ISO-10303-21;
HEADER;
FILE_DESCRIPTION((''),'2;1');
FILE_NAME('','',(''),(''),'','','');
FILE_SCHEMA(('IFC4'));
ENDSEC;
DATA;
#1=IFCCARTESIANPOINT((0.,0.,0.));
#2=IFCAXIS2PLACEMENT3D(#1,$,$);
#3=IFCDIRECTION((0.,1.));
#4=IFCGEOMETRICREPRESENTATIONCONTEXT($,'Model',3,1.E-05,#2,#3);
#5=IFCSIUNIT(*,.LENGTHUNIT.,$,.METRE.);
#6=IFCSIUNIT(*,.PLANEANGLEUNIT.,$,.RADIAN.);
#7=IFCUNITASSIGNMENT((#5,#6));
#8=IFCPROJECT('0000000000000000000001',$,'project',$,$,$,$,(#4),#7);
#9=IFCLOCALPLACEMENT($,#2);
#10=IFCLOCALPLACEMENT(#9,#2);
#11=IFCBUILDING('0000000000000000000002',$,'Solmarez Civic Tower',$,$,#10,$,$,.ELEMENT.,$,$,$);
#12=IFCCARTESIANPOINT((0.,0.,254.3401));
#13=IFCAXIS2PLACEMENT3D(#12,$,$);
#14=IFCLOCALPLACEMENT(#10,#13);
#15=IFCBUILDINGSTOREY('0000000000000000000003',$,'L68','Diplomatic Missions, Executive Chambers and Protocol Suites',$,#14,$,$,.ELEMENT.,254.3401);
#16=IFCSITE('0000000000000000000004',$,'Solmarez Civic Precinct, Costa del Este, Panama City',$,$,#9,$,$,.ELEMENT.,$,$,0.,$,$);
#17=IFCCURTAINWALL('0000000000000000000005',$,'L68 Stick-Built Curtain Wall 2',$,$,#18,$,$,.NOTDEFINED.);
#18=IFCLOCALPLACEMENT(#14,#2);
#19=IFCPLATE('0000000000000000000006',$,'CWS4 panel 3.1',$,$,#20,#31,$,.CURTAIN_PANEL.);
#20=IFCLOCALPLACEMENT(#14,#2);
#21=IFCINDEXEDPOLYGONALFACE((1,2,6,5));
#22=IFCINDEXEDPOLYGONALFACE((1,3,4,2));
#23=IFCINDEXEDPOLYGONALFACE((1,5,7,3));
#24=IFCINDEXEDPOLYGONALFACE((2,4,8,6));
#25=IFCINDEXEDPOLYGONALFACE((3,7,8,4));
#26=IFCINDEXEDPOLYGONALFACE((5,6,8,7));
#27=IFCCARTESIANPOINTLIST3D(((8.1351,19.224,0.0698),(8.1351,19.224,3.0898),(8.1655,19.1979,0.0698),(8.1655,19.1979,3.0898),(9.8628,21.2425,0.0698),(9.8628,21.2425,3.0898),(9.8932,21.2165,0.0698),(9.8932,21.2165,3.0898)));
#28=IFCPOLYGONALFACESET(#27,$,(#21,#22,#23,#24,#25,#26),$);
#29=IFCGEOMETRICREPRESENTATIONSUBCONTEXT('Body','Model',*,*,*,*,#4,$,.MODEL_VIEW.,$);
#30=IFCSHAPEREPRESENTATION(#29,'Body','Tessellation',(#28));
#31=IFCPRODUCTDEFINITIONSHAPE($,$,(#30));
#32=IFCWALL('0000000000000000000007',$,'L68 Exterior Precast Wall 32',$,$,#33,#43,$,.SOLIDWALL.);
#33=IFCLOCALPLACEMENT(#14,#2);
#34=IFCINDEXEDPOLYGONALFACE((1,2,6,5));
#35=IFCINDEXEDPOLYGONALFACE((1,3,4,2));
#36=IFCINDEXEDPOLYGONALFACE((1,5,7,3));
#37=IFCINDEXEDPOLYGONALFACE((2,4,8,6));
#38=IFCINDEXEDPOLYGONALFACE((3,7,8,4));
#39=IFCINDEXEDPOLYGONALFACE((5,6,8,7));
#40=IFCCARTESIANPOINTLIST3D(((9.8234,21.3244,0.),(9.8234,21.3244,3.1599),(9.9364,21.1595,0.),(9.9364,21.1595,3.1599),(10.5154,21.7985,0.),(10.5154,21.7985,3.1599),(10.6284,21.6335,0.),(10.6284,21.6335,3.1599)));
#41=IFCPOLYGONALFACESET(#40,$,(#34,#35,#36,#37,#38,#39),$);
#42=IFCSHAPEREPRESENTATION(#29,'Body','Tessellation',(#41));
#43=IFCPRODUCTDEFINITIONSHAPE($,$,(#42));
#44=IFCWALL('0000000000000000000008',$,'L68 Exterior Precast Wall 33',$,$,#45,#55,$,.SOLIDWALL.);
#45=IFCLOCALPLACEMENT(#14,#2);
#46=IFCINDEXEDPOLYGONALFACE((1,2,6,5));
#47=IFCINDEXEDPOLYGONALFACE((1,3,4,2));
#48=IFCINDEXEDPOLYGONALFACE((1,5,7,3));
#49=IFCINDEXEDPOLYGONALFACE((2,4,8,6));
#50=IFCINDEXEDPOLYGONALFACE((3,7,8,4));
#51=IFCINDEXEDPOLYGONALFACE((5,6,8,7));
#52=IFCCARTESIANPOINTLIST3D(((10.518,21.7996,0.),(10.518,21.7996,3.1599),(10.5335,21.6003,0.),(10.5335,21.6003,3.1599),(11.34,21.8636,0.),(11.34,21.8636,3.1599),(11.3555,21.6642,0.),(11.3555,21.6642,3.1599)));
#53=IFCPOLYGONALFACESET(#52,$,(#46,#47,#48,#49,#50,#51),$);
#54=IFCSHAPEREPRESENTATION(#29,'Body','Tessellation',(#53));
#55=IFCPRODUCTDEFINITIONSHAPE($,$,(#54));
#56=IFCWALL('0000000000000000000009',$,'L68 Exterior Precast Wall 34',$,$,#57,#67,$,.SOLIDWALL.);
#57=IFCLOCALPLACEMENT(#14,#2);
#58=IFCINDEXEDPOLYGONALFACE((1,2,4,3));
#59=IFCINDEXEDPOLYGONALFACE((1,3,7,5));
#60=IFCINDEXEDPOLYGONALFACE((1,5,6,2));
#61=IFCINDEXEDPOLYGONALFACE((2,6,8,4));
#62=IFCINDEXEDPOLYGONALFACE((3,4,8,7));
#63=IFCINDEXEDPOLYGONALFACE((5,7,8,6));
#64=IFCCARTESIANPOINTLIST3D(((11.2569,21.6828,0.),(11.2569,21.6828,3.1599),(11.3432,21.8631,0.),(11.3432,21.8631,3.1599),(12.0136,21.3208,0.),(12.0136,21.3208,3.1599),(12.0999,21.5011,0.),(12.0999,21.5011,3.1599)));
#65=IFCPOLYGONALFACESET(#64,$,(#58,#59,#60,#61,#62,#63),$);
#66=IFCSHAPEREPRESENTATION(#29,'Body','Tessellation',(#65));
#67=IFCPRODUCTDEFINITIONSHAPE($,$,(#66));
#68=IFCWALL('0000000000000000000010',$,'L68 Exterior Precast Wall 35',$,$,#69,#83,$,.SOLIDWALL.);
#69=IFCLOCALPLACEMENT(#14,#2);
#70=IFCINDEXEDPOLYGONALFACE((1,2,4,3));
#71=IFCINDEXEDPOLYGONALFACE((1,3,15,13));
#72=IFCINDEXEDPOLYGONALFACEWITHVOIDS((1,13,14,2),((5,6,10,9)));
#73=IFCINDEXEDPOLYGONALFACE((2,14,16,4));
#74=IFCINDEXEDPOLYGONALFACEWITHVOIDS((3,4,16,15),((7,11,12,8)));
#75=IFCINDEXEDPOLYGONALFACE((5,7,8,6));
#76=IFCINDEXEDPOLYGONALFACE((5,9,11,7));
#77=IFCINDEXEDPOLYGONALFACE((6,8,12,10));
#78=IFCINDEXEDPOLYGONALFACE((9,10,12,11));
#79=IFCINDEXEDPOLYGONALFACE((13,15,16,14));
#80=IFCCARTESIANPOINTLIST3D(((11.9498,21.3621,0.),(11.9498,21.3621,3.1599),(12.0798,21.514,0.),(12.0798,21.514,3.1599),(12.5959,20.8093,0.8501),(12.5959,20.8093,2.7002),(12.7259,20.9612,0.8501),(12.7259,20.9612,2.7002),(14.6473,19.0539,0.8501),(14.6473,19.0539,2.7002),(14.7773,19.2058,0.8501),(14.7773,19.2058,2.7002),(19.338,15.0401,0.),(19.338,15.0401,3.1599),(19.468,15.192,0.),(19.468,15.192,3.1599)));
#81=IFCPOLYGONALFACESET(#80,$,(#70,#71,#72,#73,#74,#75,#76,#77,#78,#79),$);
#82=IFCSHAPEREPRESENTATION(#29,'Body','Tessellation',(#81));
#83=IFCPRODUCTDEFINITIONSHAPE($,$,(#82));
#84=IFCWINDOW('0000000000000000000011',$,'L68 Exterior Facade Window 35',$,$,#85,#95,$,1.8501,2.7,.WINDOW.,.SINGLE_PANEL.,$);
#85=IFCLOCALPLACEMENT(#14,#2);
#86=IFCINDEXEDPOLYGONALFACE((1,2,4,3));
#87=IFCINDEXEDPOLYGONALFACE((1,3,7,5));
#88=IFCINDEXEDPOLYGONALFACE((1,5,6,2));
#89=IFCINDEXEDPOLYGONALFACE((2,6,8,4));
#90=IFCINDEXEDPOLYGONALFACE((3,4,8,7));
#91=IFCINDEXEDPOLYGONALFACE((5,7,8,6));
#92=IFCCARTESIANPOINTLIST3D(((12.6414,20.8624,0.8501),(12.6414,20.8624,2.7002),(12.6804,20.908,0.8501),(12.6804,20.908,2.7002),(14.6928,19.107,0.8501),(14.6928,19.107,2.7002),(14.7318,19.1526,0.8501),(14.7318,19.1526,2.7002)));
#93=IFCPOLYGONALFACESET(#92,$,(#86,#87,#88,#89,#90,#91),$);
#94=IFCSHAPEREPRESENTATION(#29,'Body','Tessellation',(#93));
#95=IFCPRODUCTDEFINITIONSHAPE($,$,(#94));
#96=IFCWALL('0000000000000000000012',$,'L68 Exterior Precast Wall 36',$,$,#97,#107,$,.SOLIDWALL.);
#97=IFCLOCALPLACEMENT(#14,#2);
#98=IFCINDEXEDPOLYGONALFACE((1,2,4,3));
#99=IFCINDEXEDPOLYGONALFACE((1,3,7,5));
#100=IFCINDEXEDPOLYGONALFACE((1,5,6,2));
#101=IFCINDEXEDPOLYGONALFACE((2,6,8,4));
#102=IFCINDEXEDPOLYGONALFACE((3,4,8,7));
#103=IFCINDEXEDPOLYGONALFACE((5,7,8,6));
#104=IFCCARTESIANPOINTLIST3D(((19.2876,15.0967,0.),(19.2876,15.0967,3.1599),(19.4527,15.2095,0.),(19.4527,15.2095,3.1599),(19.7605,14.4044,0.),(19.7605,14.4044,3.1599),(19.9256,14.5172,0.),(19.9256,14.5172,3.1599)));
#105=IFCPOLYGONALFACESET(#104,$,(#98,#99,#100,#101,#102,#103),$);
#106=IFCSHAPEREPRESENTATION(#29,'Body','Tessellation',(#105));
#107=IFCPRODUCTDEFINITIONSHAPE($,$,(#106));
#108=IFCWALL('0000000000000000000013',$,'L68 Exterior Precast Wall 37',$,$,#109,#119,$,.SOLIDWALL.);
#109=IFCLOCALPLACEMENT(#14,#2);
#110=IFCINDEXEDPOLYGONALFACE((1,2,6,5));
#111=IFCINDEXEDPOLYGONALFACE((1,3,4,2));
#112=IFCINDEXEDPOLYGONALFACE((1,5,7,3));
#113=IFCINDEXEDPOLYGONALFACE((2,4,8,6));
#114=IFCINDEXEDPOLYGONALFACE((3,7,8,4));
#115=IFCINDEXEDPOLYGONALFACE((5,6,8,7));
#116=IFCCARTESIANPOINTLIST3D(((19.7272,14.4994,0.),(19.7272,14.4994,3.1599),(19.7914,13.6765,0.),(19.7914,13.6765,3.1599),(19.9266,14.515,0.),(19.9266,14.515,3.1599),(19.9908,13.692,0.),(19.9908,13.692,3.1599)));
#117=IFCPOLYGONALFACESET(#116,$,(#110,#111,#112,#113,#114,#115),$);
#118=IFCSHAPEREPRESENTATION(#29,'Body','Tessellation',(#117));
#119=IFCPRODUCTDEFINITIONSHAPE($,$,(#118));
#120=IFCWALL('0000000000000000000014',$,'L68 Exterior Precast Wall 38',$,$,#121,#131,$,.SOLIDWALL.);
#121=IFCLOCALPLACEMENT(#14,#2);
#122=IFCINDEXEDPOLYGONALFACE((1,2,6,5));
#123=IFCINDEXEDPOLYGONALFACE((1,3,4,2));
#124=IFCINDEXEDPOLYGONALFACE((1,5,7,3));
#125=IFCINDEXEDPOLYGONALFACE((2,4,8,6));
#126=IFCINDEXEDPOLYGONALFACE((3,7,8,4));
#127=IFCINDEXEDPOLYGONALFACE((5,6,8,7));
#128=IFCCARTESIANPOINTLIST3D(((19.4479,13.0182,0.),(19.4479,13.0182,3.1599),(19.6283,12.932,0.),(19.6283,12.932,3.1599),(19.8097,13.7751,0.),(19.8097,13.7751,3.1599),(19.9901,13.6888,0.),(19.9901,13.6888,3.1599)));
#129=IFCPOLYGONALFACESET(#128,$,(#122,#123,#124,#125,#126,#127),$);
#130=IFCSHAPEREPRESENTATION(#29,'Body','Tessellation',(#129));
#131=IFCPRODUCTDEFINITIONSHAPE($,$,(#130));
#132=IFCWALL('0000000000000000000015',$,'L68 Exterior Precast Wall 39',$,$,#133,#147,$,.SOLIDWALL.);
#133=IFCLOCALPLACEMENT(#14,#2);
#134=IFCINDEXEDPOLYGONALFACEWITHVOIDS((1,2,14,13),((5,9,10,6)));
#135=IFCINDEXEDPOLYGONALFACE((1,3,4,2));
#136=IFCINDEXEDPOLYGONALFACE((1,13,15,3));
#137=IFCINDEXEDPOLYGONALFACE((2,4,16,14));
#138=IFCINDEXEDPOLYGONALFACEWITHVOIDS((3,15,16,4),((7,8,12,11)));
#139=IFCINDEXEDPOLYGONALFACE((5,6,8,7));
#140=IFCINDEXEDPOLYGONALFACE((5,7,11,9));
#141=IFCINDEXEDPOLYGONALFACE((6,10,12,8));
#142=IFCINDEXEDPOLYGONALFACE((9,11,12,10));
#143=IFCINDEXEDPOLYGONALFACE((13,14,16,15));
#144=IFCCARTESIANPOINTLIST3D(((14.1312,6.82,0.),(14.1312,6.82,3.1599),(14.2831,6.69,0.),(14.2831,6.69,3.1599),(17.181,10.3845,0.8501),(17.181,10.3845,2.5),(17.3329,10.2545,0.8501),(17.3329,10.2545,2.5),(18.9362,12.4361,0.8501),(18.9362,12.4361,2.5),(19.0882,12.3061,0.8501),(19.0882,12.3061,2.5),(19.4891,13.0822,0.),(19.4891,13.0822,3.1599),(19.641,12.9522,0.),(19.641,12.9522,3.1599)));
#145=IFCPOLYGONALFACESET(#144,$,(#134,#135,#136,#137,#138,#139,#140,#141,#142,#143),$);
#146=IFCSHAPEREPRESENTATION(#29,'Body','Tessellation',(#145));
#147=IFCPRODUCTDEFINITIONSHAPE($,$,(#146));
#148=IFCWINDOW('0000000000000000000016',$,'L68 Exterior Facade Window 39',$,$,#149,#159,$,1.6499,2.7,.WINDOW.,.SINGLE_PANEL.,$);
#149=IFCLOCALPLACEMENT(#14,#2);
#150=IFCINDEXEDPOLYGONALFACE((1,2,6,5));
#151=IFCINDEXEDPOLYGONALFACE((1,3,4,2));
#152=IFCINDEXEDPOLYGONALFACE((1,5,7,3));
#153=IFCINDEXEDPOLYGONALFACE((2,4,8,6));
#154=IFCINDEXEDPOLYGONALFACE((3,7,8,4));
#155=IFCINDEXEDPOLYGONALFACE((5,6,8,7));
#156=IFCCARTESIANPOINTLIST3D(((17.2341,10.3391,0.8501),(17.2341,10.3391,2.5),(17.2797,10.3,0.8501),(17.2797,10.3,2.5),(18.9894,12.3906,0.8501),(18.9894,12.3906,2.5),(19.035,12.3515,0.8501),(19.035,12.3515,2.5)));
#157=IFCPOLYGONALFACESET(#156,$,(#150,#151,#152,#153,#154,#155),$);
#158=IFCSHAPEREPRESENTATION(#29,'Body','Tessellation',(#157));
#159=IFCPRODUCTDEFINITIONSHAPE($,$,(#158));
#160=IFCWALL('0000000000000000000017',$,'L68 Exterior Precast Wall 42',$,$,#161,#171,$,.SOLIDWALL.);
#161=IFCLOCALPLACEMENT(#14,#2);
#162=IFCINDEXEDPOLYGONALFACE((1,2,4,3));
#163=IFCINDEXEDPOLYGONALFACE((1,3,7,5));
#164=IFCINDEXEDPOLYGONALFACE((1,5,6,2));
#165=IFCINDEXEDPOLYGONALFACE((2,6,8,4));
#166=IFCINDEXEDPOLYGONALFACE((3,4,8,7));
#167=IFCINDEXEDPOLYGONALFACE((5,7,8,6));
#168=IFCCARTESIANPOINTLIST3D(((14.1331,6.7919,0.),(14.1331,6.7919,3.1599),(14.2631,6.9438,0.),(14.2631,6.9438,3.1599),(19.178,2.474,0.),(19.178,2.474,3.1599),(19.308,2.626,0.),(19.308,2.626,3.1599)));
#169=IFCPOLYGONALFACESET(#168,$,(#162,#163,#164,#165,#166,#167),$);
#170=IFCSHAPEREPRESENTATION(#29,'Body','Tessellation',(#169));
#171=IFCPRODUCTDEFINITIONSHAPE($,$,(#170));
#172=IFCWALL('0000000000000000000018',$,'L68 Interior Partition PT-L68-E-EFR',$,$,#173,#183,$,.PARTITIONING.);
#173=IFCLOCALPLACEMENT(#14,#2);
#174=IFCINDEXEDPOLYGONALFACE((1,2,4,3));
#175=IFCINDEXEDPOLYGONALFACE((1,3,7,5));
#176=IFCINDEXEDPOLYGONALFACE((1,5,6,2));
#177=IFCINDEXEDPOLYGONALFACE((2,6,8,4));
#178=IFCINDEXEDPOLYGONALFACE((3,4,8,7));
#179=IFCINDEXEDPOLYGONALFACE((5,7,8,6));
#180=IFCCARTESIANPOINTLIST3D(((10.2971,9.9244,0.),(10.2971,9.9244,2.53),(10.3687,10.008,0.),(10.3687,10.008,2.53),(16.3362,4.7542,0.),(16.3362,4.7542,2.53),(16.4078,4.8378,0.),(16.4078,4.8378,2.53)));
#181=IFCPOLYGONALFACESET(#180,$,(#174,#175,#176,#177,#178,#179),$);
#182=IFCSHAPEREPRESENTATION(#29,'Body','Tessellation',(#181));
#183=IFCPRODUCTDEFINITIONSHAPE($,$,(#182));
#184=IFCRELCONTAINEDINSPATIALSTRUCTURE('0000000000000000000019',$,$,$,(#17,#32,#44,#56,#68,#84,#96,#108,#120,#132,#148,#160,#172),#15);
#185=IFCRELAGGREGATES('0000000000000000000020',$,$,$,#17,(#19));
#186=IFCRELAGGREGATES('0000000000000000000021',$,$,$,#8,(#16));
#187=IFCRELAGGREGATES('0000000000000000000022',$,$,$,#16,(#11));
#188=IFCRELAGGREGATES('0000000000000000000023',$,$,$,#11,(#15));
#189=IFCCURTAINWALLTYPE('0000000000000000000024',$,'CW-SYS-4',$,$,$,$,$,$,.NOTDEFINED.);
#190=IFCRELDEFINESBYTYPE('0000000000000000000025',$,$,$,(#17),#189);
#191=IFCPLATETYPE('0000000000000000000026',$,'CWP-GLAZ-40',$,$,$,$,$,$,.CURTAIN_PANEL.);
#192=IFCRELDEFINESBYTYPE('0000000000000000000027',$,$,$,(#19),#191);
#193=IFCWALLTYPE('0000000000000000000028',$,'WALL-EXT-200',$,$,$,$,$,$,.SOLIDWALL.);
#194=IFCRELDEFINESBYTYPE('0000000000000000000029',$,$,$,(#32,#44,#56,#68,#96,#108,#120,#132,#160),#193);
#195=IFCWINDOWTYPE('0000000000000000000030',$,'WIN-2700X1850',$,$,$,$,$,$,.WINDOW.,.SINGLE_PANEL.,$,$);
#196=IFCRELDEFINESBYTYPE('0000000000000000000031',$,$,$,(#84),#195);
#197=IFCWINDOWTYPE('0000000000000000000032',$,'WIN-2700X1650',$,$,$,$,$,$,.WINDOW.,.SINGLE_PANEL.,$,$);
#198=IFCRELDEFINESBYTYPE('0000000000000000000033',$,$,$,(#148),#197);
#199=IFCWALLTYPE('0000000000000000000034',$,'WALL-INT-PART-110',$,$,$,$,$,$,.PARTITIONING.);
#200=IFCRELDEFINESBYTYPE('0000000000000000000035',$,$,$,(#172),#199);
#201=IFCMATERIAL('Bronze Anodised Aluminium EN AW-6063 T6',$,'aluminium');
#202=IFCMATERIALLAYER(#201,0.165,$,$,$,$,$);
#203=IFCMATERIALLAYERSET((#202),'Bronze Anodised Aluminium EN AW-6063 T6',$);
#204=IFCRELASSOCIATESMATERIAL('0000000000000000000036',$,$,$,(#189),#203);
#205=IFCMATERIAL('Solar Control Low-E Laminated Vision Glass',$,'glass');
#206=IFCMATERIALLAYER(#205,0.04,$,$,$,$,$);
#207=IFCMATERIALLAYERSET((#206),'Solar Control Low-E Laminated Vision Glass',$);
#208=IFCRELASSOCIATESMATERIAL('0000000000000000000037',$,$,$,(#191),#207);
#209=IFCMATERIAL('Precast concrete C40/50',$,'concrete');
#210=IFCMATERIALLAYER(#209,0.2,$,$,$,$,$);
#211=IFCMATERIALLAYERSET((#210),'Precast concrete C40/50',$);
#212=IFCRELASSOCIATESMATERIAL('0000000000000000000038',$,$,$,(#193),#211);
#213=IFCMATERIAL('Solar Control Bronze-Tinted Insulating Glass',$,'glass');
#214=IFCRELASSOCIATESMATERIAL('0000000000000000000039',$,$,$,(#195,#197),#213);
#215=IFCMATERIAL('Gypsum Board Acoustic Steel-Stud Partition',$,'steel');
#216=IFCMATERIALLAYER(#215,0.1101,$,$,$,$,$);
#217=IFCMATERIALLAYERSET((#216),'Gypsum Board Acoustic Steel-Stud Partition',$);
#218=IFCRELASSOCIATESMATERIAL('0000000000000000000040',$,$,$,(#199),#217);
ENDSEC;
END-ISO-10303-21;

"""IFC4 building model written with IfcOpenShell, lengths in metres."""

from ifc_helpers import new_model, si_unit, direction, frame, frame_2d, origin, origin_2d, place, context, subcontext, project, spatial, rectangle, extrude, material, layer, layer_set, type_object, element, fill, aggregate, save


model = new_model("IFC4")

# Units and contexts
model_context = context("Model", 3, precision=1e-05, world=origin(), true_north=direction((0.0, 1.0)))
body_context = subcontext(model_context, "Body", "Model", "MODEL_VIEW")
ifc_project = project(units=[si_unit("LENGTHUNIT", "METRE"), si_unit("PLANEANGLEUNIT", "RADIAN")], contexts=[model_context])

# Site, building, storey
site_placement = place(None, origin())
site = spatial("IfcSite", under=ifc_project, at=site_placement, Name="Solmarez Civic Precinct, Costa del Este, Panama City", CompositionType="ELEMENT", RefElevation=0.0)
building_placement = place(site_placement, origin())
building = spatial("IfcBuilding", under=site, at=building_placement, Name="Solmarez Civic Tower", CompositionType="ELEMENT")
storey_placement = place(building_placement, frame((0.0, 0.0, 254.3401)))
storey = spatial("IfcBuildingStorey", under=building, at=storey_placement, Name="L68", Description="Diplomatic Missions, Executive Chambers and Protocol Suites", CompositionType="ELEMENT", Elevation=254.3401)

# Curtain wall, plate
ifc_material_1 = material(Name="Bronze Anodised Aluminium EN AW-6063 T6", Category="aluminium")
ifc_layer_1 = layer(ifc_material_1, 0.165)
ifc_layer_set_1 = layer_set([ifc_layer_1], Name="Bronze Anodised Aluminium EN AW-6063 T6")
curtain_wall_type = type_object("IfcCurtainWallType", Name="CW-SYS-4", PredefinedType="NOTDEFINED", material=ifc_layer_set_1)
curtain_wall_placement = place(storey_placement, origin())
curtain_wall = element("IfcCurtainWall", 1, at=curtain_wall_placement, inside=storey, type_object=curtain_wall_type, Name="L68 Stick-Built Curtain Wall 2", PredefinedType="NOTDEFINED")
ifc_material_2 = material(Name="Solar Control Low-E Laminated Vision Glass", Category="glass")
ifc_layer_2 = layer(ifc_material_2, 0.04)
ifc_layer_set_2 = layer_set([ifc_layer_2], Name="Solar Control Low-E Laminated Vision Glass")
plate_type = type_object("IfcPlateType", Name="CWP-GLAZ-40", PredefinedType="CURTAIN_PANEL", material=ifc_layer_set_2)
plate_placement = place(storey_placement, frame((9.0142, 20.2202, 0.0698), z_axis=(0.0, 0.0, 1.0), x_axis=(0.650262, 0.75971, 0.0)))
plate = element("IfcPlate", 2, at=plate_placement, type_object=plate_type, Name="CWS4 panel 3.1", PredefinedType="CURTAIN_PANEL", context=body_context, shape_type="SweptSolid", body=[
    extrude(rectangle(XDim=2.657, YDim=0.04, at=origin_2d()), origin(), (0.0, 0.0, 1.0), 3.02),
])
aggregate(curtain_wall, [plate])

# Walls
ifc_material_3 = material(Name="Precast concrete C40/50", Category="concrete")
ifc_layer_3 = layer(ifc_material_3, 0.2)
ifc_layer_set_3 = layer_set([ifc_layer_3], Name="Precast concrete C40/50")
wall_type_1 = type_object("IfcWallType", Name="WALL-EXT-200", PredefinedType="SOLIDWALL", material=ifc_layer_set_3)
wall_1_placement = place(storey_placement, frame((9.8799, 21.2419, 0.0), z_axis=(0.0, 0.0, 1.0), x_axis=(0.825, 0.565132, 0.0)))
element("IfcWall", 3, at=wall_1_placement, inside=storey, type_object=wall_type_1, Name="L68 Exterior Precast Wall 32", PredefinedType="SOLIDWALL", context=body_context, shape_type="SweptSolid", body=[
    extrude(rectangle(XDim=0.8389, YDim=0.2, at=frame_2d((0.4194, 0.0))), origin(), (0.0, 0.0, 1.0), 3.1599),
])
wall_2_placement = place(storey_placement, frame((10.5259, 21.7, 0.0), z_axis=(0.0, 0.0, 1.0), x_axis=(0.996986, 0.07758, 0.0)))
element("IfcWall", 4, at=wall_2_placement, inside=storey, type_object=wall_type_1, Name="L68 Exterior Precast Wall 33", PredefinedType="SOLIDWALL", context=body_context, shape_type="SweptSolid", body=[
    extrude(rectangle(XDim=0.8245, YDim=0.2, at=frame_2d((0.4121, 0.0))), origin(), (0.0, 0.0, 1.0), 3.1599),
])
wall_3_placement = place(storey_placement, frame((11.3, 21.7729, 0.0), z_axis=(0.0, 0.0, 1.0), x_axis=(0.90209, -0.431548, 0.0)))
element("IfcWall", 5, at=wall_3_placement, inside=storey, type_object=wall_type_1, Name="L68 Exterior Precast Wall 34", PredefinedType="SOLIDWALL", context=body_context, shape_type="SweptSolid", body=[
    extrude(rectangle(XDim=0.8389, YDim=0.2, at=frame_2d((0.4194, 0.0))), origin(), (0.0, 0.0, 1.0), 3.1599),
])

# Wall, opening, window
wall_4_placement = place(storey_placement, frame((12.0149, 21.438, 0.0), z_axis=(0.0, 0.0, 1.0), x_axis=(0.7598, -0.650156, 0.0)))
wall_4 = element("IfcWall", 6, at=wall_4_placement, inside=storey, type_object=wall_type_1, Name="L68 Exterior Precast Wall 35", PredefinedType="SOLIDWALL", context=body_context, shape_type="SweptSolid", body=[
    extrude(rectangle(XDim=9.7239, YDim=0.2, at=frame_2d((4.8618, 0.0))), origin(), (0.0, 0.0, 1.0), 3.1599),
])
opening_1_placement = place(wall_4_placement, frame((0.8501, 0.0, 0.8501)))
opening_1 = element("IfcOpeningElement", 7, at=opening_1_placement, cuts=wall_4, PredefinedType="OPENING", context=body_context, shape_type="SweptSolid", body=[
    extrude(rectangle(XDim=2.7, YDim=1.8501, at=frame_2d((1.3501, 0.925))), frame((0.0, 0.1099, 0.0), z_axis=(0.0, -1.0, 0.0), x_axis=(1.0, 0.0, 0.0)), (0.0, 0.0, 1.0), 0.22),
])
ifc_material_4 = material(Name="Solar Control Bronze-Tinted Insulating Glass", Category="glass")
window_type_1 = type_object("IfcWindowType", Name="WIN-2700X1850", PartitioningType="SINGLE_PANEL", PredefinedType="WINDOW", material=ifc_material_4)
window_1_placement = place(opening_1_placement, origin())
window_1 = element("IfcWindow", 8, at=window_1_placement, inside=storey, type_object=window_type_1, Name="L68 Exterior Facade Window 35", OverallHeight=1.8501, OverallWidth=2.7, PartitioningType="SINGLE_PANEL", PredefinedType="WINDOW", context=body_context, shape_type="SweptSolid", body=[
    extrude(rectangle(XDim=2.7, YDim=1.8501, at=frame_2d((1.3501, 0.925))), frame((0.0, 0.03, 0.0), z_axis=(0.0, -1.0, 0.0), x_axis=(1.0, 0.0, 0.0)), (0.0, 0.0, 1.0), 0.0601),
])
fill(opening_1, window_1)

# Walls
wall_5_placement = place(storey_placement, frame((19.3701, 15.1531, 0.0), z_axis=(0.0, 0.0, 1.0), x_axis=(0.564141, -0.825679, 0.0)))
element("IfcWall", 9, at=wall_5_placement, inside=storey, type_object=wall_type_1, Name="L68 Exterior Precast Wall 36", PredefinedType="SOLIDWALL", context=body_context, shape_type="SweptSolid", body=[
    extrude(rectangle(XDim=0.8384, YDim=0.2, at=frame_2d((0.4192, 0.0))), origin(), (0.0, 0.0, 1.0), 3.1599),
])
wall_6_placement = place(storey_placement, frame((19.8269, 14.5071, 0.0), z_axis=(0.0, 0.0, 1.0), x_axis=(0.077782, -0.99697, 0.0)))
element("IfcWall", 10, at=wall_6_placement, inside=storey, type_object=wall_type_1, Name="L68 Exterior Precast Wall 37", PredefinedType="SOLIDWALL", context=body_context, shape_type="SweptSolid", body=[
    extrude(rectangle(XDim=0.8254, YDim=0.2, at=frame_2d((0.4126, 0.0))), origin(), (0.0, 0.0, 1.0), 3.1599),
])
wall_7_placement = place(storey_placement, frame((19.8999, 13.7319, 0.0), z_axis=(0.0, 0.0, 1.0), x_axis=(-0.431311, -0.902203, 0.0)))
element("IfcWall", 11, at=wall_7_placement, inside=storey, type_object=wall_type_1, Name="L68 Exterior Precast Wall 38", PredefinedType="SOLIDWALL", context=body_context, shape_type="SweptSolid", body=[
    extrude(rectangle(XDim=0.8389, YDim=0.2, at=frame_2d((0.4194, 0.0))), origin(), (0.0, 0.0, 1.0), 3.1599),
])

# Wall, opening, window
wall_8_placement = place(storey_placement, frame((19.5649, 13.0171, 0.0), z_axis=(0.0, 0.0, 1.0), x_axis=(-0.650113, -0.759838, 0.0)))
wall_8 = element("IfcWall", 12, at=wall_8_placement, inside=storey, type_object=wall_type_1, Name="L68 Exterior Precast Wall 39", PredefinedType="SOLIDWALL", context=body_context, shape_type="SweptSolid", body=[
    extrude(rectangle(XDim=8.2415, YDim=0.2, at=frame_2d((4.1206, 0.0))), origin(), (0.0, 0.0, 1.0), 3.1599),
])
opening_2_placement = place(wall_8_placement, frame((0.8501, 0.0, 0.8501)))
opening_2 = element("IfcOpeningElement", 13, at=opening_2_placement, cuts=wall_8, PredefinedType="OPENING", context=body_context, shape_type="SweptSolid", body=[
    extrude(rectangle(XDim=2.7, YDim=1.6499, at=frame_2d((1.3501, 0.825))), frame((0.0, 0.1099, 0.0), z_axis=(0.0, -1.0, 0.0), x_axis=(1.0, 0.0, 0.0)), (0.0, 0.0, 1.0), 0.22),
])
window_type_2 = type_object("IfcWindowType", Name="WIN-2700X1650", PartitioningType="SINGLE_PANEL", PredefinedType="WINDOW", material=ifc_material_4)
window_2_placement = place(opening_2_placement, origin())
window_2 = element("IfcWindow", 14, at=window_2_placement, inside=storey, type_object=window_type_2, Name="L68 Exterior Facade Window 39", OverallHeight=1.6499, OverallWidth=2.7, PartitioningType="SINGLE_PANEL", PredefinedType="WINDOW", context=body_context, shape_type="SweptSolid", body=[
    extrude(rectangle(XDim=2.7, YDim=1.6499, at=frame_2d((1.3501, 0.825))), frame((0.0, 0.03, 0.0), z_axis=(0.0, -1.0, 0.0), x_axis=(1.0, 0.0, 0.0)), (0.0, 0.0, 1.0), 0.0601),
])
fill(opening_2, window_2)

# Walls
wall_9_placement = place(storey_placement, frame((14.198, 6.8679, 0.0), z_axis=(0.0, 0.0, 1.0), x_axis=(0.759729, -0.65024, 0.0)))
element("IfcWall", 15, at=wall_9_placement, inside=storey, type_object=wall_type_1, Name="L68 Exterior Precast Wall 42", PredefinedType="SOLIDWALL", context=body_context, shape_type="SweptSolid", body=[
    extrude(rectangle(XDim=6.6404, YDim=0.2, at=frame_2d((3.3203, 0.0))), origin(), (0.0, 0.0, 1.0), 3.1599),
])
ifc_material_5 = material(Name="Gypsum Board Acoustic Steel-Stud Partition", Category="steel")
ifc_layer_4 = layer(ifc_material_5, 0.1101)
ifc_layer_set_4 = layer_set([ifc_layer_4], Name="Gypsum Board Acoustic Steel-Stud Partition")
wall_type_2 = type_object("IfcWallType", Name="WALL-INT-PART-110", PredefinedType="PARTITIONING", material=ifc_layer_set_4)
wall_10_placement = place(storey_placement, frame((16.3721, 4.7959, 0.0), z_axis=(0.0, 0.0, 1.0), x_axis=(-0.75964, 0.650344, 0.0)))
element("IfcWall", 16, at=wall_10_placement, inside=storey, type_object=wall_type_2, Name="L68 Interior Partition PT-L68-E-EFR", PredefinedType="PARTITIONING", context=body_context, shape_type="SweptSolid", body=[
    extrude(rectangle(XDim=7.95, YDim=0.1101, at=frame_2d((3.9751, 0.0))), origin(), (0.0, 0.0, 1.0), 2.53),
])

save(model, "model.ifc")
